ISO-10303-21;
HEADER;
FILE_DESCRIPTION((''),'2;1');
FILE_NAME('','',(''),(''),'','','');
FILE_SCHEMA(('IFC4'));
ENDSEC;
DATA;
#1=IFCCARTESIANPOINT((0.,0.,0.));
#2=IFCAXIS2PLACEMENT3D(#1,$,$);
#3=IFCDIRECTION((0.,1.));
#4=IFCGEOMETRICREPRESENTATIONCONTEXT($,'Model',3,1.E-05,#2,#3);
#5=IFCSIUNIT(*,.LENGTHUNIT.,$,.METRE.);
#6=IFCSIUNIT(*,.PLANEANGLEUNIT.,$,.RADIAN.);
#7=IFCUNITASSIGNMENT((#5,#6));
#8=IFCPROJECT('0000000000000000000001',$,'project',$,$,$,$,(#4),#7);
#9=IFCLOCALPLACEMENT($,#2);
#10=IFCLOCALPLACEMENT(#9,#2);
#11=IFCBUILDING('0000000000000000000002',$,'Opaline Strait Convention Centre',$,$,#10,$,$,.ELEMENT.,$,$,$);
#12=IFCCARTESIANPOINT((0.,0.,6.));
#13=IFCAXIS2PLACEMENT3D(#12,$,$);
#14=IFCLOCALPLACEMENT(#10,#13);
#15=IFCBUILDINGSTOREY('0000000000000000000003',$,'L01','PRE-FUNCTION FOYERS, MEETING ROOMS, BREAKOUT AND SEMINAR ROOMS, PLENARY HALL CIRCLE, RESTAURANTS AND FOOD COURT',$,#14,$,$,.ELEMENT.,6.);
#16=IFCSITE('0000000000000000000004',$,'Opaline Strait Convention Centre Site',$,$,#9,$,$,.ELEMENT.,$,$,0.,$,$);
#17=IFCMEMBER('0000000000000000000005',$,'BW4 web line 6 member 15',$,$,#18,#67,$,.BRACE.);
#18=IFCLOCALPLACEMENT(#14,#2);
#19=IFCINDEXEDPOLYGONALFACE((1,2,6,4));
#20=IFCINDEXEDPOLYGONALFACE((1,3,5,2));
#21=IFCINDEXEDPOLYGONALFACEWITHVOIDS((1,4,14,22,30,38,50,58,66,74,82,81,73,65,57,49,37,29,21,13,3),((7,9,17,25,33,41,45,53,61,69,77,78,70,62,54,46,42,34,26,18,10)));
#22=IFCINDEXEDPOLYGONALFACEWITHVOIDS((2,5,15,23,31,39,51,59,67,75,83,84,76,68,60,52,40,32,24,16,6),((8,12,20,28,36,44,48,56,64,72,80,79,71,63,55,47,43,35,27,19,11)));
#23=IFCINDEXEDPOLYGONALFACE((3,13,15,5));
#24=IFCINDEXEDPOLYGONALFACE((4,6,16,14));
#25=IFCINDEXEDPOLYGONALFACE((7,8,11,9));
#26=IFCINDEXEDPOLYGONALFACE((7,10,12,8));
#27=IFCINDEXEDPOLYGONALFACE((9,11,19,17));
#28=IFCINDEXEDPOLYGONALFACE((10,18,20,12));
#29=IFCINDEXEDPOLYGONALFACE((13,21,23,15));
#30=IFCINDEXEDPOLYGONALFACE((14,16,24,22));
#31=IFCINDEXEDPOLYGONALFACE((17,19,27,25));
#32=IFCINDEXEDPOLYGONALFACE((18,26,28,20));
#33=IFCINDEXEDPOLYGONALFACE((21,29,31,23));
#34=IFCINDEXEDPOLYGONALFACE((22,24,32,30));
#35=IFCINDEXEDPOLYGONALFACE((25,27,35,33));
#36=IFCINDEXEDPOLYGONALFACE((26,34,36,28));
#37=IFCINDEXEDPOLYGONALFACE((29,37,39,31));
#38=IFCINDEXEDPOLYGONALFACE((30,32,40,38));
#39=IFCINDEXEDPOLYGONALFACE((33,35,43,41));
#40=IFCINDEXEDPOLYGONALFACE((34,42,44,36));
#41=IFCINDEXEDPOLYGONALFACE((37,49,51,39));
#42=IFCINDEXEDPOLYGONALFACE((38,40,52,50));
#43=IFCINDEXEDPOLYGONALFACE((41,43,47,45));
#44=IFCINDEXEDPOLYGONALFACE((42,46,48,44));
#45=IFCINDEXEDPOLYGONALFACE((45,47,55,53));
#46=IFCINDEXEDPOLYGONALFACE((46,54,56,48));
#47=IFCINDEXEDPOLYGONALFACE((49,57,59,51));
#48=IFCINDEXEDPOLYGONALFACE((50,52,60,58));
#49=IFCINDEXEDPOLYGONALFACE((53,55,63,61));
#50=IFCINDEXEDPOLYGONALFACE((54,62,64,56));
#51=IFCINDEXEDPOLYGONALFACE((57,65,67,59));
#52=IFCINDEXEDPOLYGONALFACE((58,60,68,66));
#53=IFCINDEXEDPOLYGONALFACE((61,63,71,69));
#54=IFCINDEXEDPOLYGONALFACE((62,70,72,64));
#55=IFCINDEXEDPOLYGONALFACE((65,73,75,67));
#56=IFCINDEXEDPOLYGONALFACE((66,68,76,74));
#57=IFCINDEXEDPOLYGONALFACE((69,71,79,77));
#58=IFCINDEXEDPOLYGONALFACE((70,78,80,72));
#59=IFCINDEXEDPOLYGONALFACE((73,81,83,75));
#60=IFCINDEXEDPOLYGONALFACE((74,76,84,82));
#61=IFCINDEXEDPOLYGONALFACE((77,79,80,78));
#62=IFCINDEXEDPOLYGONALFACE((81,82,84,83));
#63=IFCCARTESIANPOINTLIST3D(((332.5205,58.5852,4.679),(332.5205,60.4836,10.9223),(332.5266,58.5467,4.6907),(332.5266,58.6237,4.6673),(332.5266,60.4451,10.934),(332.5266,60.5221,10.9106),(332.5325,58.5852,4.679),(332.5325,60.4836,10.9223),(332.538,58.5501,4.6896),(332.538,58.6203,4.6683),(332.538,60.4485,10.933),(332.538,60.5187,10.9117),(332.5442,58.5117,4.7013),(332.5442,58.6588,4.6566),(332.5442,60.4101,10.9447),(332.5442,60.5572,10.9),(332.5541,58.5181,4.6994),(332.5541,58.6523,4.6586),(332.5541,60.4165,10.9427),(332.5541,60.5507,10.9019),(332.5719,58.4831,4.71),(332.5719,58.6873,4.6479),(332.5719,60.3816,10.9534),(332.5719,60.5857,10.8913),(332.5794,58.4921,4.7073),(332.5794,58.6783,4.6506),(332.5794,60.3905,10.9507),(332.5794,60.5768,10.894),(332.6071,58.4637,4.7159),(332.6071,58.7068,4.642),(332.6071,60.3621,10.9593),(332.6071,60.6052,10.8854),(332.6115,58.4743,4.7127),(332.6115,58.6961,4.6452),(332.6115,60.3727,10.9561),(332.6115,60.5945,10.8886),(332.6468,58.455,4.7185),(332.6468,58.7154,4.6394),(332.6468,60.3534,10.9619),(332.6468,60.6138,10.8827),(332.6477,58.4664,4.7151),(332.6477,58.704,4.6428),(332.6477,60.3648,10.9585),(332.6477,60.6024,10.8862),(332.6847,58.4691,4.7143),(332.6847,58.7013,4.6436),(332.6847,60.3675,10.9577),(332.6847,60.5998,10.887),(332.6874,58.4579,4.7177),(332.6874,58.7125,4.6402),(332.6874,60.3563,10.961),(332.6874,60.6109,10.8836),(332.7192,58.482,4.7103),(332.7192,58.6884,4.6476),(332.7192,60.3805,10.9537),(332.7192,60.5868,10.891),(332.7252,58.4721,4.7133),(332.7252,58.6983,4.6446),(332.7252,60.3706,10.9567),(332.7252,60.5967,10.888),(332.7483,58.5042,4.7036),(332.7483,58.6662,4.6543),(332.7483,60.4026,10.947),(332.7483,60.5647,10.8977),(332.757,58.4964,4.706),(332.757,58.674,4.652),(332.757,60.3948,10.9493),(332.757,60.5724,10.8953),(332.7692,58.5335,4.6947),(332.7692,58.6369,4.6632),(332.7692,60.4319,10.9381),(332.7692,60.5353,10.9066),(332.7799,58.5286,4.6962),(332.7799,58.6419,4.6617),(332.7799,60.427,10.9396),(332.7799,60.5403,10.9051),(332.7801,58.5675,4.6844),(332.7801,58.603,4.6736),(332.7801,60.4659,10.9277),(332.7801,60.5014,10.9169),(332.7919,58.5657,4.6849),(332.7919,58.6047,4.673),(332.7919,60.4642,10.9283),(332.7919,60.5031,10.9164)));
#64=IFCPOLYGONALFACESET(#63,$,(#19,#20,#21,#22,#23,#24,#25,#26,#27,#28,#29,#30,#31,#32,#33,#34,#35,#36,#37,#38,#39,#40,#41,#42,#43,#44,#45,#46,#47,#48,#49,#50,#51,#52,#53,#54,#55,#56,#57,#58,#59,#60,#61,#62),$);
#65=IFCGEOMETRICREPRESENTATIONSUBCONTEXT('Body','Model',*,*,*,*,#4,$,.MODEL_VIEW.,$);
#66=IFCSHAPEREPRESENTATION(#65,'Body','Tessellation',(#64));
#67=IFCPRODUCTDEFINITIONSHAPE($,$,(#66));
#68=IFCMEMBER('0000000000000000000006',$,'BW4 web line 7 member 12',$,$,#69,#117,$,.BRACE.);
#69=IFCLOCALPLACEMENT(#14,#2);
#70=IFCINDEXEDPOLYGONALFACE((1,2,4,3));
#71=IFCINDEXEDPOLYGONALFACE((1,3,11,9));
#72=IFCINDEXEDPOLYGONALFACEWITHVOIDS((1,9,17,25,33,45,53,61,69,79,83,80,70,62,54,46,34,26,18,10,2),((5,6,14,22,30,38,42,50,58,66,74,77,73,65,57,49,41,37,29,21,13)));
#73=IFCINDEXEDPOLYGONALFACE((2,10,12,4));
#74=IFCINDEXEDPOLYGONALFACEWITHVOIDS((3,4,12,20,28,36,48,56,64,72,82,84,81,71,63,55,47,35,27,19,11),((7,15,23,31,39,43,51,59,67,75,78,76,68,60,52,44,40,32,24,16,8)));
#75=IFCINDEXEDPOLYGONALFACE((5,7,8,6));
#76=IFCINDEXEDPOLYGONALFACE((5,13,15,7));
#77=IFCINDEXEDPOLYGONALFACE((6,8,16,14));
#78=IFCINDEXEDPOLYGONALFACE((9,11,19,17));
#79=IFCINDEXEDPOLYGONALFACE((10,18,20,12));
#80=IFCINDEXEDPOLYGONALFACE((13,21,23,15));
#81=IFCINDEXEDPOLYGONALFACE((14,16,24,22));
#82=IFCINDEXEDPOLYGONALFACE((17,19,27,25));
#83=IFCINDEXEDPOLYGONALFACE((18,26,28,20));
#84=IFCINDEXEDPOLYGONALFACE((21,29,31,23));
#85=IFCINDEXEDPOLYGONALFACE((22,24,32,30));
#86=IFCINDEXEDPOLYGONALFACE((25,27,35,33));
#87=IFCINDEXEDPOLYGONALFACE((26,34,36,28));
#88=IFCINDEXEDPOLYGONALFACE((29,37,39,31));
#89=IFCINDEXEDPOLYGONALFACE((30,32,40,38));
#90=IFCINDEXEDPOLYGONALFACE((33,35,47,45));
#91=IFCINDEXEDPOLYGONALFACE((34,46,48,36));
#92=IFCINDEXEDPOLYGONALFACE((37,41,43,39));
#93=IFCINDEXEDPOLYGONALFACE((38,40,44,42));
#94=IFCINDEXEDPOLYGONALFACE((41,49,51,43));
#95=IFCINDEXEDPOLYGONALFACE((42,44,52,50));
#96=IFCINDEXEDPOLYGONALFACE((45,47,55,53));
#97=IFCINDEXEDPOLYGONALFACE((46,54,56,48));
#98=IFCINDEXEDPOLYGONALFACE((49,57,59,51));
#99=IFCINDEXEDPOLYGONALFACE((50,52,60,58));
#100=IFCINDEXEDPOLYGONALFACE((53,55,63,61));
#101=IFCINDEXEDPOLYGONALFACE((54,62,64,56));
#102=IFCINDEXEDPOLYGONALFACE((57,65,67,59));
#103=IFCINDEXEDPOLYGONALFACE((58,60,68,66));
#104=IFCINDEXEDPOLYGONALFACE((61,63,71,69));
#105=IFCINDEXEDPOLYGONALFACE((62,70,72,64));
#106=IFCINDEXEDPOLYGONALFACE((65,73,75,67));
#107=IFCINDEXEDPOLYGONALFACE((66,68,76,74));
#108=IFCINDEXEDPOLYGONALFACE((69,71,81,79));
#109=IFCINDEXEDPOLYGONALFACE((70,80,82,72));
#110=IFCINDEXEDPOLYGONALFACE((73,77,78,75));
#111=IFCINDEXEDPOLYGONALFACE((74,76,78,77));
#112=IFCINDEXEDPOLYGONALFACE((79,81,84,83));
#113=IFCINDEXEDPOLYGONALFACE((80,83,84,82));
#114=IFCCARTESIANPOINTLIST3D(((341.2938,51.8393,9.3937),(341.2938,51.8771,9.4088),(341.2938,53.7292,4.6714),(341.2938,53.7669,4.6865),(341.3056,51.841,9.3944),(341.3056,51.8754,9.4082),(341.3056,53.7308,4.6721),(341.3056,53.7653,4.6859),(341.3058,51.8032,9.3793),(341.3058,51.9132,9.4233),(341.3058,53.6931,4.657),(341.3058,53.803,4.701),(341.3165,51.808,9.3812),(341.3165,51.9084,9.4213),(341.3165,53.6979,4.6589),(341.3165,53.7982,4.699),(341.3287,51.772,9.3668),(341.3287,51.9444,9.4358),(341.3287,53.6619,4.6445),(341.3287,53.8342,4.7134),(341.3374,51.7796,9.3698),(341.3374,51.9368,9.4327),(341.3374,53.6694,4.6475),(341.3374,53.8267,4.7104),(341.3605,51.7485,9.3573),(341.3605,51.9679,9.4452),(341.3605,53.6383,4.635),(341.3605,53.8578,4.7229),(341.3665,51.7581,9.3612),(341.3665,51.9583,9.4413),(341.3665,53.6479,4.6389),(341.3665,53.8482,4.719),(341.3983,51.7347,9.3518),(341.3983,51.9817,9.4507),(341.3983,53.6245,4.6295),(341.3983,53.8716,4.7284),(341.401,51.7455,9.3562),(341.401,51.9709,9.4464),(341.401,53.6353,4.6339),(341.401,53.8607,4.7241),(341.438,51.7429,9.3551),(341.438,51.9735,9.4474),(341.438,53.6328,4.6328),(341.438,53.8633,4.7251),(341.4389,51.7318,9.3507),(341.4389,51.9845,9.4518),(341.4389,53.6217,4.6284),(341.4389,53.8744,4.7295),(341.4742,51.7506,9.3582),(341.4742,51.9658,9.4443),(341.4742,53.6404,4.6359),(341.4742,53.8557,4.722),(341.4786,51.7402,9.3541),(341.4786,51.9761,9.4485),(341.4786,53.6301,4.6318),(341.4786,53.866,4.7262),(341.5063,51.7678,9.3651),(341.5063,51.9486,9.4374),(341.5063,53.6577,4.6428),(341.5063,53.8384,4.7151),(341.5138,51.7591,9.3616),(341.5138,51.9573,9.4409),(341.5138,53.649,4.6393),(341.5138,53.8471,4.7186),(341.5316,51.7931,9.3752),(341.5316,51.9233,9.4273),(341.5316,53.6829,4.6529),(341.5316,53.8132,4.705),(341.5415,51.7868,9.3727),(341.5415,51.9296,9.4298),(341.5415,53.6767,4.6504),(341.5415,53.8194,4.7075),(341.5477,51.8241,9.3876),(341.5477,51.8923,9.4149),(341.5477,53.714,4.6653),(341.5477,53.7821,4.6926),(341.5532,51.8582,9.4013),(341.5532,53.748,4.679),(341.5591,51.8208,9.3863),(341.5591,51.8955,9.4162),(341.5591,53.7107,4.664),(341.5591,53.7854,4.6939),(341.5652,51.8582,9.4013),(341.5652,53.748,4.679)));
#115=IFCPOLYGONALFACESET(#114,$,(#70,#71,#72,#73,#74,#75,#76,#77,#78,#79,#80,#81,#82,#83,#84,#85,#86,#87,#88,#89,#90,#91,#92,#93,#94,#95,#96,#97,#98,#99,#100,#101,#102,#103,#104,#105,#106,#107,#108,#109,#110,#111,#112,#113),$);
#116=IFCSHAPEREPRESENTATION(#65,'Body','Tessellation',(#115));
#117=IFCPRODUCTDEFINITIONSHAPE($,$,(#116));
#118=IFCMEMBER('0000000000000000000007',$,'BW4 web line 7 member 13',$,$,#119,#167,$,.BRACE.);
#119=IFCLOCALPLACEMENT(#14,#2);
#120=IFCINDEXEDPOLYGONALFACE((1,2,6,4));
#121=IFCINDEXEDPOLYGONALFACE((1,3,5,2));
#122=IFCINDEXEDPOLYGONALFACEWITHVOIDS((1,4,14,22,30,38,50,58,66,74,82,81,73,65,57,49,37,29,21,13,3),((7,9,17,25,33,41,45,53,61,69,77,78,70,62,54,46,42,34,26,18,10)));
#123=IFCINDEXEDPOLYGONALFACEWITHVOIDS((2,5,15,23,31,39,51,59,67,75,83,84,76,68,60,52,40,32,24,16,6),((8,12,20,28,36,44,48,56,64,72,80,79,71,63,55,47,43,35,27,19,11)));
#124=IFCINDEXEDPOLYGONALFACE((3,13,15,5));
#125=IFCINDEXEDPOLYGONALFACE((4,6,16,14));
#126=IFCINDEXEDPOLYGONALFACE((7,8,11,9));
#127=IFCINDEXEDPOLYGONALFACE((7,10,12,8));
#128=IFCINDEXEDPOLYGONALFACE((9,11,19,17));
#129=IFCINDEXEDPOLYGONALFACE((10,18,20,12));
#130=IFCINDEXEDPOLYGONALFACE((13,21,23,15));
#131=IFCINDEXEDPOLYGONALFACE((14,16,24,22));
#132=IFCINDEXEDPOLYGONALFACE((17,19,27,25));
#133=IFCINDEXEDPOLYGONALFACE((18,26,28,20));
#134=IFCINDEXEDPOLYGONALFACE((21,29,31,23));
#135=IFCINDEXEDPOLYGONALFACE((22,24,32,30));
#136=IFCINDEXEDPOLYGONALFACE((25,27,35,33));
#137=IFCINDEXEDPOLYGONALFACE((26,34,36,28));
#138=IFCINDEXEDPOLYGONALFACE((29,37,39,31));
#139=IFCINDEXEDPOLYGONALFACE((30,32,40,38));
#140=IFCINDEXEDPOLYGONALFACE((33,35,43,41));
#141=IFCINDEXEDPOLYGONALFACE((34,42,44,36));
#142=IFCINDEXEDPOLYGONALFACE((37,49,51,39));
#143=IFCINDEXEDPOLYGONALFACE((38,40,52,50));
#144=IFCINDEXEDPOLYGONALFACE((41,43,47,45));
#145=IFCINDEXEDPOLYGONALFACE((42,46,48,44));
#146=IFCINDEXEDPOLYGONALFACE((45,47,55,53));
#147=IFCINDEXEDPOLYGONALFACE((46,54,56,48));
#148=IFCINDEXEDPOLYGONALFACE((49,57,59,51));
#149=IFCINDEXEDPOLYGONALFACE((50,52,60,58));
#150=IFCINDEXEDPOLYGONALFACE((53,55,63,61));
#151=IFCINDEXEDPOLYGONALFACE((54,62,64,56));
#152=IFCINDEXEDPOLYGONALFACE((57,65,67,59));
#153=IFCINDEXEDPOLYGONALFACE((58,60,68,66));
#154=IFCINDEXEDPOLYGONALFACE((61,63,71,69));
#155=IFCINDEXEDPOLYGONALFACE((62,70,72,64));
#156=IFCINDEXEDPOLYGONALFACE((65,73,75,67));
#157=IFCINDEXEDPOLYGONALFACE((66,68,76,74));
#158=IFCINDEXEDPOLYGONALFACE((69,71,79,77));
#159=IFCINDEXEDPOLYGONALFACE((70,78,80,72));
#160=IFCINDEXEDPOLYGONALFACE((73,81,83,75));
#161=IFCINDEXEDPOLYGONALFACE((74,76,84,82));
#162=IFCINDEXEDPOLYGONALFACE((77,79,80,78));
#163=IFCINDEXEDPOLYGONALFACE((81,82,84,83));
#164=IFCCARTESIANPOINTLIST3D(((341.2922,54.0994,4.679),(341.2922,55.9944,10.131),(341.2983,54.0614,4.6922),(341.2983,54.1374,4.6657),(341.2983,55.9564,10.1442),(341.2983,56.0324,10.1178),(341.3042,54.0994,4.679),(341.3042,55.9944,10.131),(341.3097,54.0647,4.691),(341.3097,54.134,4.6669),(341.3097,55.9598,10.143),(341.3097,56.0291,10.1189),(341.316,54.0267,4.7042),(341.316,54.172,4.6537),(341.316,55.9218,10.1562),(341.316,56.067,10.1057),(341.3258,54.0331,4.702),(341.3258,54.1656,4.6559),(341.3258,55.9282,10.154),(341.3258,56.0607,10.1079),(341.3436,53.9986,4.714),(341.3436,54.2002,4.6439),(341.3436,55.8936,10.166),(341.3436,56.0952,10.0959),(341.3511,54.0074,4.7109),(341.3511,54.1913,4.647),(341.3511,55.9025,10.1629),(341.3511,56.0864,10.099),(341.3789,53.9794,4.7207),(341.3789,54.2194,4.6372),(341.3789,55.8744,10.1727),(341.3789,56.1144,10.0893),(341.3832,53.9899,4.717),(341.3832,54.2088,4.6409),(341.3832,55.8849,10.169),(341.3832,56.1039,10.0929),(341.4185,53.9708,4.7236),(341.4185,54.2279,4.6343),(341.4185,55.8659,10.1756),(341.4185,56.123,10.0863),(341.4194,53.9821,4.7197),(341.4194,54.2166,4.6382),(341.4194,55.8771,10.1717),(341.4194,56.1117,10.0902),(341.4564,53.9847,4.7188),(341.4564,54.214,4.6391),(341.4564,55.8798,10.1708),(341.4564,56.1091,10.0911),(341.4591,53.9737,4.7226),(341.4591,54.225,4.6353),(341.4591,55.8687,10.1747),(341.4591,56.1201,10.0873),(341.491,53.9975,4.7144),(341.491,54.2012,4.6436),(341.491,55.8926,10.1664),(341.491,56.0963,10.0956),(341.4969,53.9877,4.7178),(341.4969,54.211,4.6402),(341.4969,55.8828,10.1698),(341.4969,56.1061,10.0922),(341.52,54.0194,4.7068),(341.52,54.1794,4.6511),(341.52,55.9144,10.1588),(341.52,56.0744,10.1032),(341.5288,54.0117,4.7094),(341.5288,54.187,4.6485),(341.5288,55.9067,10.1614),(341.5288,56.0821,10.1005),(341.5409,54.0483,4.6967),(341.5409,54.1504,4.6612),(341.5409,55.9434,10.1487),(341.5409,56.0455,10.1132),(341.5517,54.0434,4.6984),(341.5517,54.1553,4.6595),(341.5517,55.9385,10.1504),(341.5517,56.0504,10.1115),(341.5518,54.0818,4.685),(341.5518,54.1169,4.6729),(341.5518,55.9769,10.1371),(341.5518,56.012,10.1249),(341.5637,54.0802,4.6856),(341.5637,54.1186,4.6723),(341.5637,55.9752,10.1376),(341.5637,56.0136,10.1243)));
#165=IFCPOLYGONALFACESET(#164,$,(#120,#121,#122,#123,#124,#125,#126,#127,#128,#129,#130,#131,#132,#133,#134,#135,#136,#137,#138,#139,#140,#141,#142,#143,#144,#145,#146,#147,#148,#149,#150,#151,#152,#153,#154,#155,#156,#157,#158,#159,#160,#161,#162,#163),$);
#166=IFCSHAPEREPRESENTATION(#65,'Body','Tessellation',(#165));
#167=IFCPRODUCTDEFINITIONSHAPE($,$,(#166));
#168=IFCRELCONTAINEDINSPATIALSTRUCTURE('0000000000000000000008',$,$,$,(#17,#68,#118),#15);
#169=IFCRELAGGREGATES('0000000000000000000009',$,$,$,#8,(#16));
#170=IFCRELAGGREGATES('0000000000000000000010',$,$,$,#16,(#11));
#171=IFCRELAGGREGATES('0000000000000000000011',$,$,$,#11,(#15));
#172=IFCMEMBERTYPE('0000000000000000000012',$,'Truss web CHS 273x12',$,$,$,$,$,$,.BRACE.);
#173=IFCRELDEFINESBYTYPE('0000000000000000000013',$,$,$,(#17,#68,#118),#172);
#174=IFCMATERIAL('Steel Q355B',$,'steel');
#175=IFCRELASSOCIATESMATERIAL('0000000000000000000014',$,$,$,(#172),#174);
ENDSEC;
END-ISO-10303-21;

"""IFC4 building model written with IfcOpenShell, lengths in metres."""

from ifc_helpers import new_model, si_unit, direction, frame, origin, origin_2d, place, context, subcontext, project, spatial, hollow_circle, extrude, material, material_profile, profile_set, type_object, element, save


model = new_model("IFC4")

# Units and contexts
model_context = context("Model", 3, precision=1e-05, world=origin(), true_north=direction((0.0, 1.0)))
body_context = subcontext(model_context, "Body", "Model", "MODEL_VIEW")
ifc_project = project(units=[si_unit("LENGTHUNIT", "METRE"), si_unit("PLANEANGLEUNIT", "RADIAN")], contexts=[model_context])

# Site, building, storey
site_placement = place(None, origin())
site = spatial("IfcSite", under=ifc_project, at=site_placement, Name="Opaline Strait Convention Centre Site", CompositionType="ELEMENT", RefElevation=0.0)
building_placement = place(site_placement, origin())
building = spatial("IfcBuilding", under=site, at=building_placement, Name="Opaline Strait Convention Centre", CompositionType="ELEMENT")
storey_placement = place(building_placement, frame((0.0, 0.0, 6.0)))
storey = spatial("IfcBuildingStorey", under=building, at=storey_placement, Name="L01", Description="PRE-FUNCTION FOYERS, MEETING ROOMS, BREAKOUT AND SEMINAR ROOMS, PLENARY HALL CIRCLE, RESTAURANTS AND FOOD COURT", CompositionType="ELEMENT", Elevation=6.0)

# Members
ifc_material_1 = material(Name="Steel Q355B", Category="steel")
ifc_material_profile_1 = material_profile(ifc_material_1, hollow_circle(Radius=0.1365, WallThickness=0.012, at=origin_2d()), Name="CHS 273x12")
ifc_profile_set_1 = profile_set([ifc_material_profile_1], Name="Steel Q355B")
member_type_1 = type_object("IfcMemberType", Name="Truss web CHS 273x12", PredefinedType="BRACE", material=ifc_profile_set_1)
member_1_placement = place(storey_placement, frame((332.657, 58.5852, 4.679), z_axis=(0.0, 0.290919, 0.956748), x_axis=(-1.0, 0.0, 0.0)))
element("IfcMember", 1, at=member_1_placement, inside=storey, type_object=member_type_1, Name="BW4 web line 6 member 15", PredefinedType="BRACE", context=body_context, shape_type="SweptSolid", body=[
    extrude(hollow_circle(Radius=0.1365, WallThickness=0.012, at=origin_2d()), origin(), (0.0, 0.0, 1.0), 6.5256),
])
member_2_placement = place(storey_placement, frame((341.4287, 53.748, 4.679), z_axis=(0.0, -0.371548, 0.928414), x_axis=(1.0, 0.0, 0.0)))
element("IfcMember", 2, at=member_2_placement, inside=storey, type_object=member_type_1, Name="BW4 web line 7 member 12", PredefinedType="BRACE", context=body_context, shape_type="SweptSolid", body=[
    extrude(hollow_circle(Radius=0.1365, WallThickness=0.012, at=origin_2d()), origin(), (0.0, 0.0, 1.0), 5.0864),
])
member_3_placement = place(storey_placement, frame((341.4287, 54.0994, 4.679), z_axis=(0.0, 0.32832, 0.944566), x_axis=(-1.0, 0.0, 0.0)))
element("IfcMember", 3, at=member_3_placement, inside=storey, type_object=member_type_1, Name="BW4 web line 7 member 13", PredefinedType="BRACE", context=body_context, shape_type="SweptSolid", body=[
    extrude(hollow_circle(Radius=0.1365, WallThickness=0.012, at=origin_2d()), origin(), (0.0, 0.0, 1.0), 5.772),
])

save(model, "model.ifc")
